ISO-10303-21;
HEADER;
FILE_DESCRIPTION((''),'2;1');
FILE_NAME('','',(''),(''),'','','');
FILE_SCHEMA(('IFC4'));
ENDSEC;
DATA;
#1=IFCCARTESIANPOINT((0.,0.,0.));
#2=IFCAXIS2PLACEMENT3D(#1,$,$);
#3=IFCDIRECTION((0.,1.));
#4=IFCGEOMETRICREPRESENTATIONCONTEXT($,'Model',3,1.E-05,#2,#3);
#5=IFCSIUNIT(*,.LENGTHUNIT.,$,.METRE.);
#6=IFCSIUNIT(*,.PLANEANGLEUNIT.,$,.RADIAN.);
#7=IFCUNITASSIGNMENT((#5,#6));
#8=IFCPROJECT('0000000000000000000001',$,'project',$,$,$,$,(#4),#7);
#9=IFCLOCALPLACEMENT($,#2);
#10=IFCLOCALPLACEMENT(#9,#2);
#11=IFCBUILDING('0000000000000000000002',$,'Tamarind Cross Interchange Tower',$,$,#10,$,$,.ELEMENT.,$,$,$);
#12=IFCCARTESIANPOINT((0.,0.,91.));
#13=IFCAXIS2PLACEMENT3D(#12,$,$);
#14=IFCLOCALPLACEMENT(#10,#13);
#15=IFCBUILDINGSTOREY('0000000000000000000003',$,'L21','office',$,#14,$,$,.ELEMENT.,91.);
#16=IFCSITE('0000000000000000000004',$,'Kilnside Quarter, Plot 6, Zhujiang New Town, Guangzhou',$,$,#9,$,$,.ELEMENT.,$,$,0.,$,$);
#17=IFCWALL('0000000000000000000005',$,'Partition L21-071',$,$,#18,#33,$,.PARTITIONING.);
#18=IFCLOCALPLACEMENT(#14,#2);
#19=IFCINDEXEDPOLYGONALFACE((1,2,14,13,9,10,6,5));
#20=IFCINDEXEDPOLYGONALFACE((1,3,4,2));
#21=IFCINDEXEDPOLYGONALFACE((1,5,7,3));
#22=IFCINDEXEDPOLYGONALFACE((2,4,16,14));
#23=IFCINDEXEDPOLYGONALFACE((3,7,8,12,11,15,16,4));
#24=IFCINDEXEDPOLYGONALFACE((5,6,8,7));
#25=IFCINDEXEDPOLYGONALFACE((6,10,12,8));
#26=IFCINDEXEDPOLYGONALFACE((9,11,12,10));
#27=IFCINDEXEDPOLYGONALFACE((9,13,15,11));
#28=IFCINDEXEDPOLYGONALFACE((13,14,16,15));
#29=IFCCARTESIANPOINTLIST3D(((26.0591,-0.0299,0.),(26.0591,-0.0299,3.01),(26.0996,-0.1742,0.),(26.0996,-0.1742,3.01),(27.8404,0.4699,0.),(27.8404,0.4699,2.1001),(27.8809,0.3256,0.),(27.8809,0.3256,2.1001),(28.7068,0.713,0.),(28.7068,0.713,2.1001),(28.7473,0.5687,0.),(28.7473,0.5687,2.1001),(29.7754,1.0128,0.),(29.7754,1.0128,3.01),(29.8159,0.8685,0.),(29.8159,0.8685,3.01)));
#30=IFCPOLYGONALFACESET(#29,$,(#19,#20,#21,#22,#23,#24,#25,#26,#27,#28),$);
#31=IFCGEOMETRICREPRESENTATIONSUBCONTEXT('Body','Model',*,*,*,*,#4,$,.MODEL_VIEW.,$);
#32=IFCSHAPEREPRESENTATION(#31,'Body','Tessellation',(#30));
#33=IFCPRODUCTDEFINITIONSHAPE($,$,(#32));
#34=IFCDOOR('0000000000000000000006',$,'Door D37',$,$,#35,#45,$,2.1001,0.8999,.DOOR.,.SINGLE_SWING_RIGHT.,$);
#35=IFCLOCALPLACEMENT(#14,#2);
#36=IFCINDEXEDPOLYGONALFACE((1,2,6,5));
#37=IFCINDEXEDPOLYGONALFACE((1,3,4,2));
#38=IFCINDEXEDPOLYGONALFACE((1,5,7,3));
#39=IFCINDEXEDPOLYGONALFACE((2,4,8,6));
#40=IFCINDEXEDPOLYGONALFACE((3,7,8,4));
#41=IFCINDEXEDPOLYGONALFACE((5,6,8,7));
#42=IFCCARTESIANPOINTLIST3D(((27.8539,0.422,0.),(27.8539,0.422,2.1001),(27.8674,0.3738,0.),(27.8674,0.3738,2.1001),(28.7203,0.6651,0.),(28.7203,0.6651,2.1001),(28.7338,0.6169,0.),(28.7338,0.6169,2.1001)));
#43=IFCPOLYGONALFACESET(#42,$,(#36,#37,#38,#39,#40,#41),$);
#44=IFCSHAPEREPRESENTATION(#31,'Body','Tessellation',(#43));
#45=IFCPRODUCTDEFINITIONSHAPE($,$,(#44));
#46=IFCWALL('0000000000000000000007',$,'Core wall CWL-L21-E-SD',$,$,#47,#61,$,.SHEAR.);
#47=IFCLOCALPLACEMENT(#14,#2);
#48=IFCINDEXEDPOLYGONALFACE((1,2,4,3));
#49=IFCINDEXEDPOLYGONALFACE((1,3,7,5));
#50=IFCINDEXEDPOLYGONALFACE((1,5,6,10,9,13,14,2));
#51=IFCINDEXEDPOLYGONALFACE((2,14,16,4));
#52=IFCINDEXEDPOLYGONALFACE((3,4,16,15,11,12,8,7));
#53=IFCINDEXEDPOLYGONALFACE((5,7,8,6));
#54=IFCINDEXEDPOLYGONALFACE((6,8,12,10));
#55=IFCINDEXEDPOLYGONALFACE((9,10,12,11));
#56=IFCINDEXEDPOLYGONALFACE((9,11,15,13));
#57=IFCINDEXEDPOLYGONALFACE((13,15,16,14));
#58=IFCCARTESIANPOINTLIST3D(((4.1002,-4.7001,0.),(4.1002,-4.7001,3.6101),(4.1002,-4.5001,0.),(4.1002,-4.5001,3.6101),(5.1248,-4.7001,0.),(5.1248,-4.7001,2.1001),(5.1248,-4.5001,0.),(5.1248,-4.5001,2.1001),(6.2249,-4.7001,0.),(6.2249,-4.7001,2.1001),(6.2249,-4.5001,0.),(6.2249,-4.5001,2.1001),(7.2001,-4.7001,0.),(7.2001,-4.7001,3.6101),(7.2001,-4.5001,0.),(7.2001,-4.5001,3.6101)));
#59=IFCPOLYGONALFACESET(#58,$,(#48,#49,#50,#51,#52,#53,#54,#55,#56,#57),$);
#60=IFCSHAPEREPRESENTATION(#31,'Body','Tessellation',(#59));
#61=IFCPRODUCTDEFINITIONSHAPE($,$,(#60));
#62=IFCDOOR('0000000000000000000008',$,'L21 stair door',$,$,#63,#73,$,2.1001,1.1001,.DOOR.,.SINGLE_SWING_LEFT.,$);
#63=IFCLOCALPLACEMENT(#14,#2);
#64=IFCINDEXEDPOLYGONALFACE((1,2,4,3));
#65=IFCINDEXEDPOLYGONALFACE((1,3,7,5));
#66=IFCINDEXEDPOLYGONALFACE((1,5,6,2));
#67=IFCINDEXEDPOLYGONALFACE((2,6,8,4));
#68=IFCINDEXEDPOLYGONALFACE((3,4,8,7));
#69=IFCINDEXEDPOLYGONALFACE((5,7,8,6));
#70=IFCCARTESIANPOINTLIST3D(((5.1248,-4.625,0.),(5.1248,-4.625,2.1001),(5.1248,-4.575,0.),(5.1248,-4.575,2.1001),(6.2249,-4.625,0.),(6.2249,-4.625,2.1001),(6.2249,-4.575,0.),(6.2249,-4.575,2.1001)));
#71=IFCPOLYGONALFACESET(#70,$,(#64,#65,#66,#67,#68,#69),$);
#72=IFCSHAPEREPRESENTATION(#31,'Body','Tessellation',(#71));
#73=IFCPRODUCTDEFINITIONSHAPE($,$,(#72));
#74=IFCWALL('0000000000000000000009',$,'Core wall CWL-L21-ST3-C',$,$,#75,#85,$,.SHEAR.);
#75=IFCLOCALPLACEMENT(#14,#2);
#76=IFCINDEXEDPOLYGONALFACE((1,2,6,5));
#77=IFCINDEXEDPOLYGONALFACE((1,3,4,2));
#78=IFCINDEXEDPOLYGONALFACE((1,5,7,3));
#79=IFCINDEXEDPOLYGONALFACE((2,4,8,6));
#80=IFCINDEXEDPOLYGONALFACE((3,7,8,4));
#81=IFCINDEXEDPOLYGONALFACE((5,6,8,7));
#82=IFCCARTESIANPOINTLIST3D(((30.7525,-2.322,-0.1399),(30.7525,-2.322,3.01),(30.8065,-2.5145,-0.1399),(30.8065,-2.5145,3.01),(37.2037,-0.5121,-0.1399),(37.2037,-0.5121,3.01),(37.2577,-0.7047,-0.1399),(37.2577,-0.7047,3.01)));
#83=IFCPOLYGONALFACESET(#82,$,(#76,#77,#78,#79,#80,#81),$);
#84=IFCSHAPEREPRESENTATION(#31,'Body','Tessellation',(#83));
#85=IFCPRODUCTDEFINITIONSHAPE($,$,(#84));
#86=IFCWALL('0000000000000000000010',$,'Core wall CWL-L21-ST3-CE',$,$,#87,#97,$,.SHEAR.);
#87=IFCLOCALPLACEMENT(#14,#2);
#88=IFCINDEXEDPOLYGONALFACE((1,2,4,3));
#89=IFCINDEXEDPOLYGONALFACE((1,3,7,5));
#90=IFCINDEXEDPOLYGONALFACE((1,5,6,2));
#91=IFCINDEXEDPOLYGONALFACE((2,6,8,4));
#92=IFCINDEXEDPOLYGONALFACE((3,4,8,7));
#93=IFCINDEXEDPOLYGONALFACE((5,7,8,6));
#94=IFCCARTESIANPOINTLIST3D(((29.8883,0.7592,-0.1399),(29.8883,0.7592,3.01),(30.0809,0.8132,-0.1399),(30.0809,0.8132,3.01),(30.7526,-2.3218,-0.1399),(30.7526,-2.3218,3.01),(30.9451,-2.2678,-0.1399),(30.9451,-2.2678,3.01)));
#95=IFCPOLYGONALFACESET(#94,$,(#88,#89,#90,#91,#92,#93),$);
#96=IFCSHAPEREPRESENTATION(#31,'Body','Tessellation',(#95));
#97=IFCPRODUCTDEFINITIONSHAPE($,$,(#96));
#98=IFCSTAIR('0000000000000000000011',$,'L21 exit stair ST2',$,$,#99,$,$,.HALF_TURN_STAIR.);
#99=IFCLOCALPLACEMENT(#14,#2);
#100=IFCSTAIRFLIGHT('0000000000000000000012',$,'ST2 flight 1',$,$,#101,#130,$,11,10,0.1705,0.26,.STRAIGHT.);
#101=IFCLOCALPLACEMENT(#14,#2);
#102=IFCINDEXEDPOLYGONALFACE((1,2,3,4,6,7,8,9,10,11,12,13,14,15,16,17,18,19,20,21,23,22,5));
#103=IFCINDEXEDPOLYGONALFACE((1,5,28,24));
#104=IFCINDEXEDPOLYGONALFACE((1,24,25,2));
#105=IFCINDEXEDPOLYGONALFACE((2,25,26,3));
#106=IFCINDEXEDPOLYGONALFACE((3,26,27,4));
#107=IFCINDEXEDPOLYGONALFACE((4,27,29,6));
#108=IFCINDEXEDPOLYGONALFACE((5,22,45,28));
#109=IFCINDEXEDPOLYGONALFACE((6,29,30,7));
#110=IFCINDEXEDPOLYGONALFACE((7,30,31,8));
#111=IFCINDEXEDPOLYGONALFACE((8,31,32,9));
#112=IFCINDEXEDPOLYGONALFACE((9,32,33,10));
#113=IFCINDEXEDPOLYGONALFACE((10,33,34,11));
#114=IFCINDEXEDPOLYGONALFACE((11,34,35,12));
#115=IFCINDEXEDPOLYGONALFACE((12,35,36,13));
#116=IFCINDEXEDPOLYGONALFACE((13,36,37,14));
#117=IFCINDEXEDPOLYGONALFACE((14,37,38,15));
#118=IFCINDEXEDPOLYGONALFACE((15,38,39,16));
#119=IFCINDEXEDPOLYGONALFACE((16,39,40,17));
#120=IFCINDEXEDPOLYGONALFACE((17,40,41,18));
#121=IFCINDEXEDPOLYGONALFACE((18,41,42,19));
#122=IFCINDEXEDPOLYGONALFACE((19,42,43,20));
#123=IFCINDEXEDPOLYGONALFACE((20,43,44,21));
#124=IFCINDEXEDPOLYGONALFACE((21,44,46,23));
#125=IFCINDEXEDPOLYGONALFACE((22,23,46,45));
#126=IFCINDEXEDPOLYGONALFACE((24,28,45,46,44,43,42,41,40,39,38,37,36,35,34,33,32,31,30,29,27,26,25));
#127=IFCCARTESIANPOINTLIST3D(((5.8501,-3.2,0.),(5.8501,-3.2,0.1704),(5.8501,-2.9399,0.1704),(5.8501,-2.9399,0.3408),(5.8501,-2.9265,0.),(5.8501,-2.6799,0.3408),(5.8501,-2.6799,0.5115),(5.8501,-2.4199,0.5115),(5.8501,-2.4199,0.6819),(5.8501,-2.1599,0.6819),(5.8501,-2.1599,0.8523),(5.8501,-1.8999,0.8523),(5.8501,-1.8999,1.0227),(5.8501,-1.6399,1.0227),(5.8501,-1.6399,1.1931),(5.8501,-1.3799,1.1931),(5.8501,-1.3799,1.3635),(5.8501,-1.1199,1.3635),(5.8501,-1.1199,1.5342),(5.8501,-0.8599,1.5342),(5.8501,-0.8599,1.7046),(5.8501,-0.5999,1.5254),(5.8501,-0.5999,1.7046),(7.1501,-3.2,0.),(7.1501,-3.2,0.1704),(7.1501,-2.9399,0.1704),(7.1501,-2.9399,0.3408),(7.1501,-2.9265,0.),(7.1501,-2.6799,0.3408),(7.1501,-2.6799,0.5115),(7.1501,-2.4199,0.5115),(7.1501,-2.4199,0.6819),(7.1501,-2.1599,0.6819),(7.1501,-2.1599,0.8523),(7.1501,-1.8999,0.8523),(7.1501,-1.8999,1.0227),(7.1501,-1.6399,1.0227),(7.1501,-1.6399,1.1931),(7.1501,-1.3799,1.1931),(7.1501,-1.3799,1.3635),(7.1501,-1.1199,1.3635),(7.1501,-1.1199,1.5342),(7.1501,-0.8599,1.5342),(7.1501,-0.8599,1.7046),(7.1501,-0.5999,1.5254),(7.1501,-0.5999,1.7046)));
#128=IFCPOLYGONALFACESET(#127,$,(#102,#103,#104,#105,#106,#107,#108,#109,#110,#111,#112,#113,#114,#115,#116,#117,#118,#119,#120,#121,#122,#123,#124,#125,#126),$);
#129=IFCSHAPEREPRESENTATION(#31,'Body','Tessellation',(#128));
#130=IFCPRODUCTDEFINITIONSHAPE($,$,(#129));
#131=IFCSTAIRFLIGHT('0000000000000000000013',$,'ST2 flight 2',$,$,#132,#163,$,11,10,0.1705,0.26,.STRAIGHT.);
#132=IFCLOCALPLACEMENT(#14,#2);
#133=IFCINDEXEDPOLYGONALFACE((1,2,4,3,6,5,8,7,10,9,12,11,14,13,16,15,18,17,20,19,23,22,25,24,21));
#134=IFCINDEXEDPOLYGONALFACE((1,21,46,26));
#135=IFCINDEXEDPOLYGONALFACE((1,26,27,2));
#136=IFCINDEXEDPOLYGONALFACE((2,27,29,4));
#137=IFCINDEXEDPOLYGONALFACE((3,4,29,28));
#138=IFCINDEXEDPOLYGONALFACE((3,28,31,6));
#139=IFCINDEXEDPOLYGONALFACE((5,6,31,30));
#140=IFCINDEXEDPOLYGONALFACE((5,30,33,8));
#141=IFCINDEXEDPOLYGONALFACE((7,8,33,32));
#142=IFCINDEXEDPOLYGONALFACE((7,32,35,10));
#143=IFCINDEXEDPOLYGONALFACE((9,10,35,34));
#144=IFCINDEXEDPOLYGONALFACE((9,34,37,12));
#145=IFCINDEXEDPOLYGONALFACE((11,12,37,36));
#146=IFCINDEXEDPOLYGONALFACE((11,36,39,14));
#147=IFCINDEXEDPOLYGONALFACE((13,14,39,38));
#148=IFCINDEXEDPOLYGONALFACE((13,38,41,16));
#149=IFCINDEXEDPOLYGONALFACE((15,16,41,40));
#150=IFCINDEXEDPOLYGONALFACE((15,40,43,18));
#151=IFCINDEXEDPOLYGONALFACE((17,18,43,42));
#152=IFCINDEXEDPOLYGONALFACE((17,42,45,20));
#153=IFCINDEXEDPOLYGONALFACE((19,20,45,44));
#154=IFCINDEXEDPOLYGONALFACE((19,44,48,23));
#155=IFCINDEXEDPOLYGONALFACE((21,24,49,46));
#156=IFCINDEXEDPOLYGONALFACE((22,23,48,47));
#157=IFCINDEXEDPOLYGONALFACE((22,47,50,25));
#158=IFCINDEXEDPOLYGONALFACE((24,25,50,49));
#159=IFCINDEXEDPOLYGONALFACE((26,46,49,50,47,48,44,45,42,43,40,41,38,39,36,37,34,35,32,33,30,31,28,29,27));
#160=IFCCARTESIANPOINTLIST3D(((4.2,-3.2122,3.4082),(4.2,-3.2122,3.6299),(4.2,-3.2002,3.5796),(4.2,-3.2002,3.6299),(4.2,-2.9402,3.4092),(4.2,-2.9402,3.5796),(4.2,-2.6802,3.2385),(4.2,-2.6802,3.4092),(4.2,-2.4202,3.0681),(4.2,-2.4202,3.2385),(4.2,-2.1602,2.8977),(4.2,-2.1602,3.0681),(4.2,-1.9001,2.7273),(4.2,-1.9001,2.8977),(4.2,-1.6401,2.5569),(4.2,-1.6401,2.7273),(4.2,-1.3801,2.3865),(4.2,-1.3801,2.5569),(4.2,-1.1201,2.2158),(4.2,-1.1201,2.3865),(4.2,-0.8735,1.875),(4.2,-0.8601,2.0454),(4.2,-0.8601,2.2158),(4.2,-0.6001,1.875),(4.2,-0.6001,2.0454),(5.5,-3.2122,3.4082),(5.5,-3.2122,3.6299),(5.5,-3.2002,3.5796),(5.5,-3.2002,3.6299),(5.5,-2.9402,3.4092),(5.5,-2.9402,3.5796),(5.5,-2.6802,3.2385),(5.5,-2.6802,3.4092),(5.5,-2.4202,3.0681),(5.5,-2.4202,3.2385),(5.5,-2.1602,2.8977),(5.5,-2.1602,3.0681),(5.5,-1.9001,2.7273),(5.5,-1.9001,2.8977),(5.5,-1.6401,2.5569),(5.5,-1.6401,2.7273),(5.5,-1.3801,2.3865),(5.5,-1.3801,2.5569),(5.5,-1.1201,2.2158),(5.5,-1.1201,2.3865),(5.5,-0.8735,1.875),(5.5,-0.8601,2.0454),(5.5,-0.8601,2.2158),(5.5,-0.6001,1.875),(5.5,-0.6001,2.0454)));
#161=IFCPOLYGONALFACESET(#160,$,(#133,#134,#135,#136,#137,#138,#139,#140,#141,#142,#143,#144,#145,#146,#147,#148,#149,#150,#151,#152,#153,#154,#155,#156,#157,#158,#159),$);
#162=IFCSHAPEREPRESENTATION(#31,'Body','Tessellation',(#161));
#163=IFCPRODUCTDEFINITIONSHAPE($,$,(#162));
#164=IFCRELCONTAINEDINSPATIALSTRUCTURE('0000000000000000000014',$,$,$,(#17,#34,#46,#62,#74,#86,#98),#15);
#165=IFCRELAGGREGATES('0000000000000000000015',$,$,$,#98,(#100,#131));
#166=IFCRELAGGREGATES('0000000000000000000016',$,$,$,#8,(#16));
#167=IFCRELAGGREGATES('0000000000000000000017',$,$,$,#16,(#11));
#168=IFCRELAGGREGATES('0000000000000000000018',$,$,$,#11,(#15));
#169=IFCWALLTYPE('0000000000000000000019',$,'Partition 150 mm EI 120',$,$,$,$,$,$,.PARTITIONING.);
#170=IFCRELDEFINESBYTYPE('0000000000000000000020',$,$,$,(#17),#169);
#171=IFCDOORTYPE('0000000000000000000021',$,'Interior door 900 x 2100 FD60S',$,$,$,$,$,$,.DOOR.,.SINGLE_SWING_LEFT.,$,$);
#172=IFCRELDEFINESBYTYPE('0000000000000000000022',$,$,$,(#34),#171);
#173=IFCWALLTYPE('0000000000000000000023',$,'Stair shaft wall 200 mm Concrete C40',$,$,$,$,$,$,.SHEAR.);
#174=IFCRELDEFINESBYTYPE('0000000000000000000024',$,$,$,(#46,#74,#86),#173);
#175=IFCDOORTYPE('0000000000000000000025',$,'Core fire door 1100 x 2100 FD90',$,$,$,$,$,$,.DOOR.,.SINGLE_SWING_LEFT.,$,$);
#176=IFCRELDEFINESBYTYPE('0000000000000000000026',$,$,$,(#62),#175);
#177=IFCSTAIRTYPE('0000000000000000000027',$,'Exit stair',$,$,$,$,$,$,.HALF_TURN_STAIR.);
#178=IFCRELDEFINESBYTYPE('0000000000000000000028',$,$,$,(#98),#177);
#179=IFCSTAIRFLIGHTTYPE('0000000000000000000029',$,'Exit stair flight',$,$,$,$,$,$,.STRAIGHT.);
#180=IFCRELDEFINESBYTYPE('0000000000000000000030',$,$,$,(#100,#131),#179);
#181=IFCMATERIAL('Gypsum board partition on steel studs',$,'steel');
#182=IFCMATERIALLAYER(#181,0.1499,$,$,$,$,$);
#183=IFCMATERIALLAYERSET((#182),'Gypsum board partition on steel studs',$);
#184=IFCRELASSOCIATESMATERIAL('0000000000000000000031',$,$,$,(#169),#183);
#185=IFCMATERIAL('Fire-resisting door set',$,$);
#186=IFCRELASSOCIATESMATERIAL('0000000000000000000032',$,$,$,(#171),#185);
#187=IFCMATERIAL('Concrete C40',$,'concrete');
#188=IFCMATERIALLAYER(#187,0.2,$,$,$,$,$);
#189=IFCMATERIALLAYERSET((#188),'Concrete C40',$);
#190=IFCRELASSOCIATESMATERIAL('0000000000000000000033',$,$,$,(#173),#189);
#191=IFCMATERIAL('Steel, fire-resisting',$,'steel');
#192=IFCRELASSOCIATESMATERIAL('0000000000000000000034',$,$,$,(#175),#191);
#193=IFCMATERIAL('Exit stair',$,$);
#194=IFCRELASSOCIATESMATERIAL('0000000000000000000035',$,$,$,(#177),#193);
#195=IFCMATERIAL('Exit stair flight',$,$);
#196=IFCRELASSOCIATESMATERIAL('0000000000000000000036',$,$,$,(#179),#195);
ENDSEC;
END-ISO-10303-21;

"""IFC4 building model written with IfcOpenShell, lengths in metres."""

from ifc_helpers import new_model, si_unit, direction, frame, frame_2d, origin, place, context, subcontext, project, spatial, polyline, rectangle, outline, extrude, material, layer, layer_set, type_object, element, fill, aggregate, save


model = new_model("IFC4")

# Units and contexts
model_context = context("Model", 3, precision=1e-05, world=origin(), true_north=direction((0.0, 1.0)))
body_context = subcontext(model_context, "Body", "Model", "MODEL_VIEW")
ifc_project = project(units=[si_unit("LENGTHUNIT", "METRE"), si_unit("PLANEANGLEUNIT", "RADIAN")], contexts=[model_context])

# Site, building, storey
site_placement = place(None, origin())
site = spatial("IfcSite", under=ifc_project, at=site_placement, Name="Kilnside Quarter, Plot 6, Zhujiang New Town, Guangzhou", CompositionType="ELEMENT", RefElevation=0.0)
building_placement = place(site_placement, origin())
building = spatial("IfcBuilding", under=site, at=building_placement, Name="Tamarind Cross Interchange Tower", CompositionType="ELEMENT")
storey_placement = place(building_placement, frame((0.0, 0.0, 91.0)))
storey = spatial("IfcBuildingStorey", under=building, at=storey_placement, Name="L21", Description="office", CompositionType="ELEMENT", Elevation=91.0)

# Shared definitions
ifc_material_1 = material(Name="Gypsum board partition on steel studs", Category="steel")
ifc_layer_1 = layer(ifc_material_1, 0.1499)
ifc_layer_set_1 = layer_set([ifc_layer_1], Name="Gypsum board partition on steel studs")
wall_type_1 = type_object("IfcWallType", Name="Partition 150 mm EI 120", PredefinedType="PARTITIONING", material=ifc_layer_set_1)

# Walls, openings, doors
ifc_material_2 = material(Name="Fire-resisting door set")
door_type_1 = type_object("IfcDoorType", Name="Interior door 900 x 2100 FD60S", OperationType="SINGLE_SWING_LEFT", PredefinedType="DOOR", material=ifc_material_2)
wall_1_placement = place(storey_placement, frame((26.0793, -0.1021, 0.0), z_axis=(0.0, 0.0, 1.0), x_axis=(0.962819, 0.270148, 0.0)))
wall_1 = element("IfcWall", 1, at=wall_1_placement, inside=storey, type_object=wall_type_1, Name="Partition L21-071", PredefinedType="PARTITIONING", context=body_context, shape_type="SweptSolid", body=[
    extrude(rectangle(XDim=3.8599, YDim=0.1499, at=frame_2d((1.9299, 0.0))), origin(), (0.0, 0.0, 1.0), 3.01),
])
opening_1_placement = place(wall_1_placement, frame((1.8501, 0.0, 0.0)))
opening_1 = element("IfcOpeningElement", 2, at=opening_1_placement, cuts=wall_1, PredefinedType="OPENING", context=body_context, shape_type="SweptSolid", body=[
    extrude(rectangle(XDim=0.8999, YDim=2.1001, at=frame_2d((0.45, 1.05))), frame((0.0, 0.085, 0.0), z_axis=(0.0, -1.0, 0.0), x_axis=(1.0, 0.0, 0.0)), (0.0, 0.0, 1.0), 0.1699),
])
door_1_placement = place(opening_1_placement, frame((0.8999, 0.0, 0.0), z_axis=(0.0, 0.0, 1.0), x_axis=(-1.0, 0.0, 0.0)))
door_1 = element("IfcDoor", 3, at=door_1_placement, inside=storey, type_object=door_type_1, Name="Door D37", OperationType="SINGLE_SWING_RIGHT", OverallHeight=2.1001, OverallWidth=0.8999, PredefinedType="DOOR", context=body_context, shape_type="SweptSolid", body=[
    extrude(rectangle(XDim=0.8999, YDim=2.1001, at=frame_2d((0.45, 1.05))), frame((0.0, 0.0249, 0.0), z_axis=(0.0, -1.0, 0.0), x_axis=(1.0, 0.0, 0.0)), (0.0, 0.0, 1.0), 0.05),
])
fill(opening_1, door_1)
ifc_material_3 = material(Name="Concrete C40", Category="concrete")
ifc_layer_2 = layer(ifc_material_3, 0.2)
ifc_layer_set_2 = layer_set([ifc_layer_2], Name="Concrete C40")
wall_type_2 = type_object("IfcWallType", Name="Stair shaft wall 200 mm Concrete C40", PredefinedType="SHEAR", material=ifc_layer_set_2)
wall_2_placement = place(storey_placement, frame((7.2, -4.6001, 0.0), z_axis=(0.0, 0.0, 1.0), x_axis=(-1.0, 0.0, 0.0)))
wall_2 = element("IfcWall", 4, at=wall_2_placement, inside=storey, type_object=wall_type_2, Name="Core wall CWL-L21-E-SD", PredefinedType="SHEAR", context=body_context, shape_type="SweptSolid", body=[
    extrude(rectangle(XDim=3.0999, YDim=0.2, at=frame_2d((1.5498, 0.0))), origin(), (0.0, 0.0, 1.0), 3.6101),
])
opening_2_placement = place(wall_2_placement, frame((0.9751, 0.0, 0.0)))
opening_2 = element("IfcOpeningElement", 5, at=opening_2_placement, cuts=wall_2, PredefinedType="OPENING", context=body_context, shape_type="SweptSolid", body=[
    extrude(rectangle(XDim=1.1001, YDim=2.1001, at=frame_2d((0.55, 1.05))), frame((0.0, 0.1099, 0.0), z_axis=(0.0, -1.0, 0.0), x_axis=(1.0, 0.0, 0.0)), (0.0, 0.0, 1.0), 0.22),
])
ifc_material_4 = material(Name="Steel, fire-resisting", Category="steel")
door_type_2 = type_object("IfcDoorType", Name="Core fire door 1100 x 2100 FD90", OperationType="SINGLE_SWING_LEFT", PredefinedType="DOOR", material=ifc_material_4)
door_2_placement = place(opening_2_placement, origin())
door_2 = element("IfcDoor", 6, at=door_2_placement, inside=storey, type_object=door_type_2, Name="L21 stair door", OperationType="SINGLE_SWING_LEFT", OverallHeight=2.1001, OverallWidth=1.1001, PredefinedType="DOOR", context=body_context, shape_type="SweptSolid", body=[
    extrude(rectangle(XDim=1.1001, YDim=2.1001, at=frame_2d((0.55, 1.05))), frame((0.0, 0.0249, 0.0), z_axis=(0.0, -1.0, 0.0), x_axis=(1.0, 0.0, 0.0)), (0.0, 0.0, 1.0), 0.05),
])
fill(opening_2, door_2)

# Walls
wall_3_placement = place(storey_placement, frame((30.7795, -2.4182, -0.1399), z_axis=(0.0, 0.0, 1.0), x_axis=(0.962829, 0.270112, 0.0)))
element("IfcWall", 7, at=wall_3_placement, inside=storey, type_object=wall_type_2, Name="Core wall CWL-L21-ST3-C", PredefinedType="SHEAR", context=body_context, shape_type="SweptSolid", body=[
    extrude(rectangle(XDim=6.7002, YDim=0.2, at=frame_2d((3.3501, 0.0))), origin(), (0.0, 0.0, 1.0), 3.1499),
])
wall_4_placement = place(storey_placement, frame((30.8489, -2.2949, -0.1399), z_axis=(0.0, 0.0, 1.0), x_axis=(-0.270083, 0.962837, 0.0)))
element("IfcWall", 8, at=wall_4_placement, inside=storey, type_object=wall_type_2, Name="Core wall CWL-L21-ST3-CE", PredefinedType="SHEAR", context=body_context, shape_type="SweptSolid", body=[
    extrude(rectangle(XDim=3.2, YDim=0.2, at=frame_2d((1.6001, 0.0))), origin(), (0.0, 0.0, 1.0), 3.1499),
])

# Stair, stair flights
ifc_material_5 = material(Name="Exit stair")
stair_type = type_object("IfcStairType", Name="Exit stair", PredefinedType="HALF_TURN_STAIR", material=ifc_material_5)
stair_1_placement = place(storey_placement, origin())
stair_1 = element("IfcStair", 9, at=stair_1_placement, inside=storey, type_object=stair_type, Name="L21 exit stair ST2", PredefinedType="HALF_TURN_STAIR")
ifc_material_6 = material(Name="Exit stair flight")
stair_flight_type = type_object("IfcStairFlightType", Name="Exit stair flight", PredefinedType="STRAIGHT", material=ifc_material_6)
stair_flight_1_placement = place(storey_placement, frame((6.5, -3.2, 0.0), z_axis=(0.0, 0.0, 1.0), x_axis=(0.0, 1.0, 0.0)))
stair_flight_1 = element("IfcStairFlight", 10, at=stair_flight_1_placement, type_object=stair_flight_type, Name="ST2 flight 1", NumberOfRisers=11, NumberOfTreads=10, PredefinedType="STRAIGHT", RiserHeight=0.1705, TreadLength=0.26, context=body_context, shape_type="SweptSolid", body=[
    extrude(outline(polyline([(0.0, 0.0), (0.0, 0.1704), (0.26, 0.1704), (0.26, 0.3408), (0.52, 0.3408), (0.52, 0.5115), (0.78, 0.5115), (0.78, 0.6819), (1.04, 0.6819), (1.04, 0.8523), (1.3, 0.8523), (1.3, 1.0227), (1.5601, 1.0227), (1.5601, 1.1931), (1.8201, 1.1931), (1.8201, 1.3635), (2.0801, 1.3635), (2.0801, 1.5342), (2.3401, 1.5342), (2.3401, 1.7046), (2.6001, 1.7046), (2.6001, 1.875), (2.6001, 1.5254), (0.2734, 0.0), (0.0, 0.0)])), frame((0.0, 0.6499, 0.0), z_axis=(0.0, -1.0, 0.0), x_axis=(1.0, 0.0, 0.0)), (0.0, 0.0, 1.0), 1.3),
])
stair_flight_2_placement = place(storey_placement, frame((4.8501, -0.6001, 1.875), z_axis=(0.0, 0.0, 1.0), x_axis=(0.0, -1.0, 0.0)))
stair_flight_2 = element("IfcStairFlight", 11, at=stair_flight_2_placement, type_object=stair_flight_type, Name="ST2 flight 2", NumberOfRisers=11, NumberOfTreads=10, PredefinedType="STRAIGHT", RiserHeight=0.1705, TreadLength=0.26, context=body_context, shape_type="SweptSolid", body=[
    extrude(outline(polyline([(0.0, 0.0), (0.0, 0.1704), (0.26, 0.1704), (0.26, 0.3408), (0.52, 0.3408), (0.52, 0.5115), (0.78, 0.5115), (0.78, 0.6819), (1.04, 0.6819), (1.04, 0.8523), (1.3, 0.8523), (1.3, 1.0227), (1.5601, 1.0227), (1.5601, 1.1931), (1.8201, 1.1931), (1.8201, 1.3635), (2.0801, 1.3635), (2.0801, 1.5342), (2.3401, 1.5342), (2.3401, 1.7046), (2.6001, 1.7046), (2.6001, 1.7549), (2.6121, 1.7549), (2.6121, 1.5332), (0.2734, 0.0), (0.0, 0.0)])), frame((0.0, 0.6499, 0.0), z_axis=(0.0, -1.0, 0.0), x_axis=(1.0, 0.0, 0.0)), (0.0, 0.0, 1.0), 1.3),
])
aggregate(stair_1, [stair_flight_1, stair_flight_2])

save(model, "model.ifc")
